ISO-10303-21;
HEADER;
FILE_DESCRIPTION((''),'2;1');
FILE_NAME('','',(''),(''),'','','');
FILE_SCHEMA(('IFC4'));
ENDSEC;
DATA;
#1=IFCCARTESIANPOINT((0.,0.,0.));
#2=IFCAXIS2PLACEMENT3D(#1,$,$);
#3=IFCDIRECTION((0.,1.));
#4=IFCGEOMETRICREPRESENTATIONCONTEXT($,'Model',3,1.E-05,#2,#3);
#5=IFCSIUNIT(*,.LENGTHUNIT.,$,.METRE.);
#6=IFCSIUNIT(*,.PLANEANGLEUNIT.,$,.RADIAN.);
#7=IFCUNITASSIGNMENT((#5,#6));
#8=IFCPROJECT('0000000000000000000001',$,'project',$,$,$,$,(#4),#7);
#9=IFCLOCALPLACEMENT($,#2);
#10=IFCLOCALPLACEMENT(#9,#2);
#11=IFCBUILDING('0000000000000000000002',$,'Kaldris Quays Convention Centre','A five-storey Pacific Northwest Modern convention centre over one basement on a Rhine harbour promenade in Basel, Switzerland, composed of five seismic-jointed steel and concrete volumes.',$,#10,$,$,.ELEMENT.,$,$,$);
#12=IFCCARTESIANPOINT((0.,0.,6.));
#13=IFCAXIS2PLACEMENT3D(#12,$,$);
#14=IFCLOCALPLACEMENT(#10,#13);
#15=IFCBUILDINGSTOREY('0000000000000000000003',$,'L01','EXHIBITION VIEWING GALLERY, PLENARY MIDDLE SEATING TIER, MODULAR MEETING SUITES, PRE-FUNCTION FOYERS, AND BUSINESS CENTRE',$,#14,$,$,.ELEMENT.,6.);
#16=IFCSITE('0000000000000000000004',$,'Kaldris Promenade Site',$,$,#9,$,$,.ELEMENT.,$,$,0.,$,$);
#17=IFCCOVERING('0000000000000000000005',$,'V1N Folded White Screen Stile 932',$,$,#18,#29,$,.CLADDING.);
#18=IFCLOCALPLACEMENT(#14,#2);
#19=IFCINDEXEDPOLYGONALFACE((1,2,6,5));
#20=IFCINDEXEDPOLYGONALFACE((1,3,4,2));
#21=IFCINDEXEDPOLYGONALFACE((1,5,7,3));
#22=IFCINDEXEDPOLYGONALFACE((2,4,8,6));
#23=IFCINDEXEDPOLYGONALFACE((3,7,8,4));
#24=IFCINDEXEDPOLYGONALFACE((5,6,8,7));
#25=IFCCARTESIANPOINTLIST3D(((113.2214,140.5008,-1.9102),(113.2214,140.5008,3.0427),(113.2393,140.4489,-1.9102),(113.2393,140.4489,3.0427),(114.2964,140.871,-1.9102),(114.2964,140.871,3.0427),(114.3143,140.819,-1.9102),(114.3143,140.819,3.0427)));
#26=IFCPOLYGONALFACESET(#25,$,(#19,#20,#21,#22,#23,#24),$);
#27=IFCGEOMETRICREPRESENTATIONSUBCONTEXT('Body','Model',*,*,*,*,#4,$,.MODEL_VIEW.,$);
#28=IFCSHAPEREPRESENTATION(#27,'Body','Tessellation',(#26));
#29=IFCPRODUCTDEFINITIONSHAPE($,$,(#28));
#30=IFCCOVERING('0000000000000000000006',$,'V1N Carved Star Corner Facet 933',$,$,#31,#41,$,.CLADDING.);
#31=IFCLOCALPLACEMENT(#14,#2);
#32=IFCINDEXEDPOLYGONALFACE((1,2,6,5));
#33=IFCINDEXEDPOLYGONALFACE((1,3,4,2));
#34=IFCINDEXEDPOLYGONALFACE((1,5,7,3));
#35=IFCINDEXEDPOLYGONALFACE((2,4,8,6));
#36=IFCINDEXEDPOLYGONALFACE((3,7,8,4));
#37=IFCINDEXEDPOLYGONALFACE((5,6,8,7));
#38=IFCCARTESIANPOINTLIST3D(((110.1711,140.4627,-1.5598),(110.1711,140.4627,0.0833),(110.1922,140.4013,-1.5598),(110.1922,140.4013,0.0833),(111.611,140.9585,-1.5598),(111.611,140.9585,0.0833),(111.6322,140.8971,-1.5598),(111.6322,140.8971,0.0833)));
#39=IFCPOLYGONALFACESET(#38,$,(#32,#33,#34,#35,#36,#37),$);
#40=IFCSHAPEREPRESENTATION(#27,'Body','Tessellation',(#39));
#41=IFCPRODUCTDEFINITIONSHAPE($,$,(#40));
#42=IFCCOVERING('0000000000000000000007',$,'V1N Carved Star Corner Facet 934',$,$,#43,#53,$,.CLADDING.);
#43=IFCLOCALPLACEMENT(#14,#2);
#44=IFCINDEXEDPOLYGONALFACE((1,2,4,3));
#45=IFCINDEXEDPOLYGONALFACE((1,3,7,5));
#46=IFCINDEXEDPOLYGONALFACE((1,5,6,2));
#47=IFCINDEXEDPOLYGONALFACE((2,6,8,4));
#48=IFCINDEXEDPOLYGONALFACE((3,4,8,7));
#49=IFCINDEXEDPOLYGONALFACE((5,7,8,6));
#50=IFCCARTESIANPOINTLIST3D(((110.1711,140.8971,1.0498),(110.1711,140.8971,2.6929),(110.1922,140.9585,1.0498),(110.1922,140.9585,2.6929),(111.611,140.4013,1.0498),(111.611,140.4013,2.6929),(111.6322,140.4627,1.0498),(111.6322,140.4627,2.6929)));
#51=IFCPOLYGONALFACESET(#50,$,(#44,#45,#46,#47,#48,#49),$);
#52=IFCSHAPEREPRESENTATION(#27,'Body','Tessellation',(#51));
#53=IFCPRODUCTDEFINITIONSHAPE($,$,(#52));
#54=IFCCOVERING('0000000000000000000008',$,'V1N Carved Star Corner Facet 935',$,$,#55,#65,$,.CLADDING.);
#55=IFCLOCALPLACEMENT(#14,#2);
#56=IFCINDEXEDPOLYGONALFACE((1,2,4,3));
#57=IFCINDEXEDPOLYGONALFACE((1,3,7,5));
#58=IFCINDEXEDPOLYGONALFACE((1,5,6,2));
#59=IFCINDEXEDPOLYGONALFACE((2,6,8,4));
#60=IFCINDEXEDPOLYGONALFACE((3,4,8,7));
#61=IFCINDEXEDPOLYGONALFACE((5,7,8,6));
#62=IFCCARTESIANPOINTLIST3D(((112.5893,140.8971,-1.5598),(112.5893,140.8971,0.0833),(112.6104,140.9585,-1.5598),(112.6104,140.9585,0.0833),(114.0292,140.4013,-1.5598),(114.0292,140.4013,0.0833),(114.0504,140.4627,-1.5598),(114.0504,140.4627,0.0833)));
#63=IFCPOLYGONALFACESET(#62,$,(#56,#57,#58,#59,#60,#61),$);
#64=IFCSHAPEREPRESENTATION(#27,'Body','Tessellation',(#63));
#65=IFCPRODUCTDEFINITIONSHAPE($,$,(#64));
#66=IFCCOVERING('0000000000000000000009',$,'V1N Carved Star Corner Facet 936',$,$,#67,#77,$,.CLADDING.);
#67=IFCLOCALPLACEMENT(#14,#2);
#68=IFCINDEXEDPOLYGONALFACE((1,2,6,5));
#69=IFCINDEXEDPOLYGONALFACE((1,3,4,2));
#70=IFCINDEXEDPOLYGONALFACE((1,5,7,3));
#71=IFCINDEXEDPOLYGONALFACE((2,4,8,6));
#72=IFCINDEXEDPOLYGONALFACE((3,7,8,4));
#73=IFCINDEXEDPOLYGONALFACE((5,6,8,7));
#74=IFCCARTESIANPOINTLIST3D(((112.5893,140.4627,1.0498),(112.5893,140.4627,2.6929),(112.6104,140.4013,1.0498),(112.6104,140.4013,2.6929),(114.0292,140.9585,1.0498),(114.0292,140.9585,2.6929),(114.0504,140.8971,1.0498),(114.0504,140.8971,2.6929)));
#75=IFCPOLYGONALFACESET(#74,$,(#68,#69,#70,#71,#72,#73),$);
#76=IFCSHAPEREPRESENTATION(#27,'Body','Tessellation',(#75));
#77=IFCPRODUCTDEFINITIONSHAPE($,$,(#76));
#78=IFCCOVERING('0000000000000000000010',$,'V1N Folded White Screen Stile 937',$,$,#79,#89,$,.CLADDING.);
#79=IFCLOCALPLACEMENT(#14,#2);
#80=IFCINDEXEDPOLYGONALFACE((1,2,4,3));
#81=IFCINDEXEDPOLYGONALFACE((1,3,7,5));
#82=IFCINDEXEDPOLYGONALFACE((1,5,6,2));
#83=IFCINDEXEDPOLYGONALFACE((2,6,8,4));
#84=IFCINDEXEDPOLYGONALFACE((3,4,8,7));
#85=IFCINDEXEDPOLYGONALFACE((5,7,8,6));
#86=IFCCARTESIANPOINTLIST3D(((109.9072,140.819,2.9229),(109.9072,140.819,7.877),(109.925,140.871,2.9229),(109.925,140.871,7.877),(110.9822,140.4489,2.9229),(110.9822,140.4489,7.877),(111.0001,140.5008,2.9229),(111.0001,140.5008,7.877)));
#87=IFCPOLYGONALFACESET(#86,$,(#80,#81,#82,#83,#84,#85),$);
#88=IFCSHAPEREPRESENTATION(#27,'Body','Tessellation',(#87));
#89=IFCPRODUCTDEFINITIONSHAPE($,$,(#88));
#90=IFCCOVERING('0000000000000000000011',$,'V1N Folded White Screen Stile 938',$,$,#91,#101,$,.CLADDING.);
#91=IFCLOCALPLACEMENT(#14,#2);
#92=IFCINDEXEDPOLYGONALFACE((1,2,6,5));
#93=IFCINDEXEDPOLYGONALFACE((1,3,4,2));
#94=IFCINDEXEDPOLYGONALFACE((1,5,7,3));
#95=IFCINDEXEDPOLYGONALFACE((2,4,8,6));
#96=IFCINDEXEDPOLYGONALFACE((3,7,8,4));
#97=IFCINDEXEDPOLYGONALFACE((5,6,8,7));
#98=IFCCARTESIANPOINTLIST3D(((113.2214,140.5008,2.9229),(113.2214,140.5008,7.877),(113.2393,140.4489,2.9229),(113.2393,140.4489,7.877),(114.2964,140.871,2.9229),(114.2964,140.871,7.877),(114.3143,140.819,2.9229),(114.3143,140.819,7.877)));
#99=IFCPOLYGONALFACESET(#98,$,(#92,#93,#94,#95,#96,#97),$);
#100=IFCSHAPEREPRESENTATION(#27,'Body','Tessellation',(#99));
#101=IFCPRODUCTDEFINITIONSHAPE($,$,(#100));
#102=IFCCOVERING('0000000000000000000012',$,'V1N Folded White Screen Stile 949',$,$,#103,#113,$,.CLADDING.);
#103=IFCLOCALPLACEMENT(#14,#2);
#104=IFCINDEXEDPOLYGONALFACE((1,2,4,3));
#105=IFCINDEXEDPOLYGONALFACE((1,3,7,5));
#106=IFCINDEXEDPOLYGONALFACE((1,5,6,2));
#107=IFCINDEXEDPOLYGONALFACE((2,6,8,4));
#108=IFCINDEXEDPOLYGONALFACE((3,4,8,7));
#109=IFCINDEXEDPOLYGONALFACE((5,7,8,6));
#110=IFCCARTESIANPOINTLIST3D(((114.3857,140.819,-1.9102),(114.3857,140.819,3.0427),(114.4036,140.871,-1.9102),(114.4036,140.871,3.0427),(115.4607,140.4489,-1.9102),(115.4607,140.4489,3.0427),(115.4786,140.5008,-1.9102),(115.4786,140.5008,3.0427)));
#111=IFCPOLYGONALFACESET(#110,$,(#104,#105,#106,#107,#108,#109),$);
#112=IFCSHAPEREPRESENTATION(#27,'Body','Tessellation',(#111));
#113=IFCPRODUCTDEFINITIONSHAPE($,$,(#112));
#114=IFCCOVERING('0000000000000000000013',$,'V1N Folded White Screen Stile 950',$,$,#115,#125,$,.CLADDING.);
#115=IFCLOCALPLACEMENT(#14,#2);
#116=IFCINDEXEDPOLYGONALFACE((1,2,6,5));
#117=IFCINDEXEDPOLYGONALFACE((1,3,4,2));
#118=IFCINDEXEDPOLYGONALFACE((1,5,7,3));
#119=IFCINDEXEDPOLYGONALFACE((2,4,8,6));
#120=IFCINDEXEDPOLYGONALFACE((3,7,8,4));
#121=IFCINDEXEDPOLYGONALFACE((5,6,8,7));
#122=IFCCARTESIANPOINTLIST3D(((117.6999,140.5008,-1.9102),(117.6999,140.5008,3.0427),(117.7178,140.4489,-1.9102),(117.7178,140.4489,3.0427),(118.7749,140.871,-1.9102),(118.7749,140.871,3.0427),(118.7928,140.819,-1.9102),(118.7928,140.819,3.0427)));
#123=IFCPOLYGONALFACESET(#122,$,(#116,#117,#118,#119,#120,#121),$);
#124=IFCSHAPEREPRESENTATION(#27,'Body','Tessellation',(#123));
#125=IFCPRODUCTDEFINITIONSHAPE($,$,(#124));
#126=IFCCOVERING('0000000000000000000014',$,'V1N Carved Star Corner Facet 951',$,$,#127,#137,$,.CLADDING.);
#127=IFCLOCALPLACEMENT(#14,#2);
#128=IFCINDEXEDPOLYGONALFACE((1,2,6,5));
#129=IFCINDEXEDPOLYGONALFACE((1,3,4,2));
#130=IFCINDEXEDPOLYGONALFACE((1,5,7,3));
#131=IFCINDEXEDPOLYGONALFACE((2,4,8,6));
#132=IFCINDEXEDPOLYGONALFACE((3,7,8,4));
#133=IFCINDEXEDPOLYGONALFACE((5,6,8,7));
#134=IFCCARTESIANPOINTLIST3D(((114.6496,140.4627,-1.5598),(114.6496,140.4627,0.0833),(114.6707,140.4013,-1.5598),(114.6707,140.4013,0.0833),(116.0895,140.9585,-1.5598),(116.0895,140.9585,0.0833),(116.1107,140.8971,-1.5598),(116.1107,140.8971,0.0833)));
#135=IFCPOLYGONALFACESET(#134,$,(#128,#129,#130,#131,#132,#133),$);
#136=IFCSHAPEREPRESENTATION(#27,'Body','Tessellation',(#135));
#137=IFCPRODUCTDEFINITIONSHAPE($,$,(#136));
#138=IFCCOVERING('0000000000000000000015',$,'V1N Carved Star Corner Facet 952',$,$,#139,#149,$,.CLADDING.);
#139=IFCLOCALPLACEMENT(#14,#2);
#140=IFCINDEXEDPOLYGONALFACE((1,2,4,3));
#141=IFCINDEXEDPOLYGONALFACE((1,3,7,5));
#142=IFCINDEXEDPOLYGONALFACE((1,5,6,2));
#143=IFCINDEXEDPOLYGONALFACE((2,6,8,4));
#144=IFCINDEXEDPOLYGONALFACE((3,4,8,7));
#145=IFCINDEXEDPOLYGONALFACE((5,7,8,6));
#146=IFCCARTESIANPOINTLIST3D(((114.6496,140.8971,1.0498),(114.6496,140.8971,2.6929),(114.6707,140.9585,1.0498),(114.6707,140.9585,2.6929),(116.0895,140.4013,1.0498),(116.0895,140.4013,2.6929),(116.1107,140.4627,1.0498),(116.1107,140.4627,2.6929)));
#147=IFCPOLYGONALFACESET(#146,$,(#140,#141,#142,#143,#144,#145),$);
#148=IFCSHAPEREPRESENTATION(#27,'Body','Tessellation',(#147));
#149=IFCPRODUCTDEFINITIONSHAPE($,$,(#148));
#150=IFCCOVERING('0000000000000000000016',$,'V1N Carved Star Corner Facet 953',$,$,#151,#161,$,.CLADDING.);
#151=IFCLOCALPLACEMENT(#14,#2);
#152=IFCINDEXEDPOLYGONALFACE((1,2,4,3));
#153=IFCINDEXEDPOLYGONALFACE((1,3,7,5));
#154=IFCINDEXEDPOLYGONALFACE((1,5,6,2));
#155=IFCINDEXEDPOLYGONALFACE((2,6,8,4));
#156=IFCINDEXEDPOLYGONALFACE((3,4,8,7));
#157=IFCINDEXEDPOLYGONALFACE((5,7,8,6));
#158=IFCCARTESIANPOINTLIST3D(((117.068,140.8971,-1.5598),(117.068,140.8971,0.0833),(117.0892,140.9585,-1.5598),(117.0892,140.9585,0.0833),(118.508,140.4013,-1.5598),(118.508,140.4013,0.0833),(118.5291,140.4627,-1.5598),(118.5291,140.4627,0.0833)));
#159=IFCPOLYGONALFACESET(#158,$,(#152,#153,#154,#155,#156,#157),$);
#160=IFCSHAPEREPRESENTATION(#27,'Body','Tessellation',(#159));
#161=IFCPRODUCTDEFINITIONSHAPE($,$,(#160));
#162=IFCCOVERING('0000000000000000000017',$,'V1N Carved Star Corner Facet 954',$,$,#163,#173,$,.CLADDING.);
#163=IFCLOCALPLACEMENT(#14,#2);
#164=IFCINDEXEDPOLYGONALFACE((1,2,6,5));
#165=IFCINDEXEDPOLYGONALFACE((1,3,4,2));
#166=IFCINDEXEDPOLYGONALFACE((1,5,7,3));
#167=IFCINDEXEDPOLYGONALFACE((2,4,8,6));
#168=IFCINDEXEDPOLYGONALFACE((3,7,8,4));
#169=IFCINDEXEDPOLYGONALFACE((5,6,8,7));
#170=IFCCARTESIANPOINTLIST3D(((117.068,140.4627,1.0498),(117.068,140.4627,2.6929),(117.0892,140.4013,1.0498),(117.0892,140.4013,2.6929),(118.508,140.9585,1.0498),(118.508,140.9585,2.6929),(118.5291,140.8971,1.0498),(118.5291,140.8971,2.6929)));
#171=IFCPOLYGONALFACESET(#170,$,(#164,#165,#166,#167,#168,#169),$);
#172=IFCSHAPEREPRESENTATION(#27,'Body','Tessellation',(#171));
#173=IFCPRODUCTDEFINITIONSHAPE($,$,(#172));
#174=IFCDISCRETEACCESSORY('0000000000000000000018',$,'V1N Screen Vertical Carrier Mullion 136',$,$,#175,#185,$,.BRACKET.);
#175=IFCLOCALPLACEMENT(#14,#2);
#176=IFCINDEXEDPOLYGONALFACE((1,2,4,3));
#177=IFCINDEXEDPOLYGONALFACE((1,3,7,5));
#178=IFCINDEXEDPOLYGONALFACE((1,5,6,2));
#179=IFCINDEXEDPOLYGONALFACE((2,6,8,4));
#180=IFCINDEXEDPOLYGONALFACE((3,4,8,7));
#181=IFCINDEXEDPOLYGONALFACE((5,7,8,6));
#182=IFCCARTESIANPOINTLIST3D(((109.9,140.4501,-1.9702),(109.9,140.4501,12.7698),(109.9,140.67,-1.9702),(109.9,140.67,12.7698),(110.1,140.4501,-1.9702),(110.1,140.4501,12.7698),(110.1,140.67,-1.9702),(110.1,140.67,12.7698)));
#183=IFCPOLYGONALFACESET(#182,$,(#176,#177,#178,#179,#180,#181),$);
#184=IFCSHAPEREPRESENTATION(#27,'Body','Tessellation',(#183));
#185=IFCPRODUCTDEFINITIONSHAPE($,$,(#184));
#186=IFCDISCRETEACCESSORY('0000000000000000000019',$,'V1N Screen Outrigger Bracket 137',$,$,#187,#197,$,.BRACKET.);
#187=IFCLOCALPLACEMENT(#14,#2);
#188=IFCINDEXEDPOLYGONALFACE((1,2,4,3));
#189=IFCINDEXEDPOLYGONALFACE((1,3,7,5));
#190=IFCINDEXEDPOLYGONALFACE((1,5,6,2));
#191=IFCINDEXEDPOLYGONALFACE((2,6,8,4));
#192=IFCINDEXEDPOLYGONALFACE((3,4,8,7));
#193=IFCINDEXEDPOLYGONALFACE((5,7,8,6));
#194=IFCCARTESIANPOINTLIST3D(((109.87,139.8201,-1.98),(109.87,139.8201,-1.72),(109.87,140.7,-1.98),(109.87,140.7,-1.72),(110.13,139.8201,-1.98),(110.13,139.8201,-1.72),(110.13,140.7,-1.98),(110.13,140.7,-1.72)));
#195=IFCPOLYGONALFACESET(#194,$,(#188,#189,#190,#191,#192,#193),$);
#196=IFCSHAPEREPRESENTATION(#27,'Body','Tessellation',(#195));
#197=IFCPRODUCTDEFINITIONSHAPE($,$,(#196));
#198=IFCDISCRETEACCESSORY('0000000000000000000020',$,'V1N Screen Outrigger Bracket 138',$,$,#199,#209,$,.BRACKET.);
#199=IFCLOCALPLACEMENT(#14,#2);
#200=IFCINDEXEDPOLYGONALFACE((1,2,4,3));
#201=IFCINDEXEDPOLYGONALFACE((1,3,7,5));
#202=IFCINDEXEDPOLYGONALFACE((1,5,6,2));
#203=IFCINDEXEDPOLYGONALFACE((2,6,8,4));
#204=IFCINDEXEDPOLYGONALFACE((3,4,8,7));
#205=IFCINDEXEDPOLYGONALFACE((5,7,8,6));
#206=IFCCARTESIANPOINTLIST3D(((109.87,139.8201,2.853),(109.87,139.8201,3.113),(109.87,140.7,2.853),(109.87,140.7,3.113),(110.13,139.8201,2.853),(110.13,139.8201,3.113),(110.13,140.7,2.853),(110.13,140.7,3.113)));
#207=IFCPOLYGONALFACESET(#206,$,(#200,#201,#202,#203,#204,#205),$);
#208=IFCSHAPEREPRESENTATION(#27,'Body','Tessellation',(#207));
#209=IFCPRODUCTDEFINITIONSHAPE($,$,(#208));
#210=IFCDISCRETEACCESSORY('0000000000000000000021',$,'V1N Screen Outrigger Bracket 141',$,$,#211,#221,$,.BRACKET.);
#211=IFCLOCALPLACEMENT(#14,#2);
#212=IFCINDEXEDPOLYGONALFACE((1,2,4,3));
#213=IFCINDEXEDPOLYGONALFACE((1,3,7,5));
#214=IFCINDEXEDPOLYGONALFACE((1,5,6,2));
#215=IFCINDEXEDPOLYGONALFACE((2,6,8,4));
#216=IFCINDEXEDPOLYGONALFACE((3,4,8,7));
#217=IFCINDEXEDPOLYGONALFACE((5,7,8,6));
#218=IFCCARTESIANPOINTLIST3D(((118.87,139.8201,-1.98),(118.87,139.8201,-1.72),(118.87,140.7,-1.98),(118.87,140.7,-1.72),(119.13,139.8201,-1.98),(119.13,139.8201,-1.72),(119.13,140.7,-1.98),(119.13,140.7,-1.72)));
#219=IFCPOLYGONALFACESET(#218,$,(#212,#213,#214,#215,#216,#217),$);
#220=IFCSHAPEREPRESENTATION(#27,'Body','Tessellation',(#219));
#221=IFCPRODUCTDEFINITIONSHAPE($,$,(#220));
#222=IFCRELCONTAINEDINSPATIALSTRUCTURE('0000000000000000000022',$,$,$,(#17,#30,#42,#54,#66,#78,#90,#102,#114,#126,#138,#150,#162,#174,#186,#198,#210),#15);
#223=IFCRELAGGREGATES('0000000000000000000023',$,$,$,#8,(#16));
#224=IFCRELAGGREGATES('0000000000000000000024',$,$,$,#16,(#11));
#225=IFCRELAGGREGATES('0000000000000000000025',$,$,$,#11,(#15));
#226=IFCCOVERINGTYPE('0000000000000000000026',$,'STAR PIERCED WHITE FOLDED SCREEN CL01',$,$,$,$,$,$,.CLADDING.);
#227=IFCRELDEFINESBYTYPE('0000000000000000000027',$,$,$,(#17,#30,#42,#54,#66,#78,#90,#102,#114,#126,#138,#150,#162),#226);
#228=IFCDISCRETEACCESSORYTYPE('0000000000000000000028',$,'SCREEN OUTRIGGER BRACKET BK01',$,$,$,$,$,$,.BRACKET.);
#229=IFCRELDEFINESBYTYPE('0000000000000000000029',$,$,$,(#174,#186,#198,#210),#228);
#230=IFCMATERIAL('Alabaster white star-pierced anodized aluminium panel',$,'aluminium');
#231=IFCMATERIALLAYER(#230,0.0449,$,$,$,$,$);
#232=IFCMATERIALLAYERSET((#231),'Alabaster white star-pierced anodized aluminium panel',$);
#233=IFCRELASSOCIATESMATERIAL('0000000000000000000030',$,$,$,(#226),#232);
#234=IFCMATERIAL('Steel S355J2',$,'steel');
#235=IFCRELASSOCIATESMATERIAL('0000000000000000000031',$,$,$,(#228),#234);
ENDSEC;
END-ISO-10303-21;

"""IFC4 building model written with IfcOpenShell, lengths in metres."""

from ifc_helpers import new_model, si_unit, direction, frame, origin, origin_2d, place, context, subcontext, project, spatial, rectangle, extrude, material, layer, layer_set, type_object, element, save


model = new_model("IFC4")

# Units and contexts
model_context = context("Model", 3, precision=1e-05, world=origin(), true_north=direction((0.0, 1.0)))
body_context = subcontext(model_context, "Body", "Model", "MODEL_VIEW")
ifc_project = project(units=[si_unit("LENGTHUNIT", "METRE"), si_unit("PLANEANGLEUNIT", "RADIAN")], contexts=[model_context])

# Site, building, storey
site_placement = place(None, origin())
site = spatial("IfcSite", under=ifc_project, at=site_placement, Name="Kaldris Promenade Site", CompositionType="ELEMENT", RefElevation=0.0)
building_placement = place(site_placement, origin())
building = spatial("IfcBuilding", under=site, at=building_placement, Name="Kaldris Quays Convention Centre", Description="A five-storey Pacific Northwest Modern convention centre over one basement on a Rhine harbour promenade in Basel, Switzerland, composed of five seismic-jointed steel and concrete volumes.", CompositionType="ELEMENT")
storey_placement = place(building_placement, frame((0.0, 0.0, 6.0)))
storey = spatial("IfcBuildingStorey", under=building, at=storey_placement, Name="L01", Description="EXHIBITION VIEWING GALLERY, PLENARY MIDDLE SEATING TIER, MODULAR MEETING SUITES, PRE-FUNCTION FOYERS, AND BUSINESS CENTRE", CompositionType="ELEMENT", Elevation=6.0)

# Shared definitions
ifc_material_1 = material(Name="Steel S355J2", Category="steel")

# Coverings
ifc_material_2 = material(Name="Alabaster white star-pierced anodized aluminium panel", Category="aluminium")
ifc_layer_1 = layer(ifc_material_2, 0.0449)
ifc_layer_set_1 = layer_set([ifc_layer_1], Name="Alabaster white star-pierced anodized aluminium panel")
covering_type = type_object("IfcCoveringType", Name="STAR PIERCED WHITE FOLDED SCREEN CL01", PredefinedType="CLADDING", material=ifc_layer_set_1)
for number, where, z_axis, x_axis, name in (
    (1, (113.7678, 140.6599, -1.9102), (0.0, 0.0, 1.0), (0.945519, 0.325568, 0.0), "V1N Folded White Screen Stile 932"),
):
    element("IfcCovering", number, at=place(storey_placement, frame(where, z_axis=z_axis, x_axis=x_axis)), inside=storey, type_object=covering_type, Name=name, PredefinedType="CLADDING", context=body_context, shape_type="SweptSolid", body=[
        extrude(rectangle(XDim=1.137, YDim=0.0549, at=origin_2d()), origin(), (0.0, 0.0, 1.0), 4.9529),
    ])
for number, where, z_axis, x_axis, name in (
    (2, (110.9016, 140.6799, -1.5598), (0.0, 0.0, 1.0), (0.945519, 0.325568, 0.0), "V1N Carved Star Corner Facet 933"),
    (3, (110.9016, 140.6799, 1.0498), (0.0, 0.0, 1.0), (0.945519, -0.325568, 0.0), "V1N Carved Star Corner Facet 934"),
    (4, (113.3198, 140.6799, -1.5598), (0.0, 0.0, 1.0), (0.945519, -0.325568, 0.0), "V1N Carved Star Corner Facet 935"),
    (5, (113.3198, 140.6799, 1.0498), (0.0, 0.0, 1.0), (0.945519, 0.325568, 0.0), "V1N Carved Star Corner Facet 936"),
):
    element("IfcCovering", number, at=place(storey_placement, frame(where, z_axis=z_axis, x_axis=x_axis)), inside=storey, type_object=covering_type, Name=name, PredefinedType="CLADDING", context=body_context, shape_type="SweptSolid", body=[
        extrude(rectangle(XDim=1.5229, YDim=0.0649, at=origin_2d()), origin(), (0.0, 0.0, 1.0), 1.6431),
    ])
for number, where, z_axis, x_axis, name in (
    (6, (110.4536, 140.6599, 2.9229), (0.0, 0.0, 1.0), (0.945519, -0.325568, 0.0), "V1N Folded White Screen Stile 937"),
    (7, (113.7678, 140.6599, 2.9229), (0.0, 0.0, 1.0), (0.945519, 0.325568, 0.0), "V1N Folded White Screen Stile 938"),
):
    element("IfcCovering", number, at=place(storey_placement, frame(where, z_axis=z_axis, x_axis=x_axis)), inside=storey, type_object=covering_type, Name=name, PredefinedType="CLADDING", context=body_context, shape_type="SweptSolid", body=[
        extrude(rectangle(XDim=1.137, YDim=0.0549, at=origin_2d()), origin(), (0.0, 0.0, 1.0), 4.9541),
    ])
for number, where, z_axis, x_axis, name in (
    (8, (114.9321, 140.6599, -1.9102), (0.0, 0.0, 1.0), (0.945519, -0.325568, 0.0), "V1N Folded White Screen Stile 949"),
    (9, (118.2463, 140.6599, -1.9102), (0.0, 0.0, 1.0), (0.945519, 0.325568, 0.0), "V1N Folded White Screen Stile 950"),
):
    element("IfcCovering", number, at=place(storey_placement, frame(where, z_axis=z_axis, x_axis=x_axis)), inside=storey, type_object=covering_type, Name=name, PredefinedType="CLADDING", context=body_context, shape_type="SweptSolid", body=[
        extrude(rectangle(XDim=1.137, YDim=0.0549, at=origin_2d()), origin(), (0.0, 0.0, 1.0), 4.9529),
    ])
for number, where, z_axis, x_axis, name in (
    (10, (115.3801, 140.6799, -1.5598), (0.0, 0.0, 1.0), (0.945519, 0.325568, 0.0), "V1N Carved Star Corner Facet 951"),
    (11, (115.3801, 140.6799, 1.0498), (0.0, 0.0, 1.0), (0.945519, -0.325568, 0.0), "V1N Carved Star Corner Facet 952"),
    (12, (117.7986, 140.6799, -1.5598), (0.0, 0.0, 1.0), (0.945519, -0.325568, 0.0), "V1N Carved Star Corner Facet 953"),
    (13, (117.7986, 140.6799, 1.0498), (0.0, 0.0, 1.0), (0.945519, 0.325568, 0.0), "V1N Carved Star Corner Facet 954"),
):
    element("IfcCovering", number, at=place(storey_placement, frame(where, z_axis=z_axis, x_axis=x_axis)), inside=storey, type_object=covering_type, Name=name, PredefinedType="CLADDING", context=body_context, shape_type="SweptSolid", body=[
        extrude(rectangle(XDim=1.5229, YDim=0.0649, at=origin_2d()), origin(), (0.0, 0.0, 1.0), 1.6431),
    ])

# Discrete accessories
discrete_accessory_type = type_object("IfcDiscreteAccessoryType", Name="SCREEN OUTRIGGER BRACKET BK01", PredefinedType="BRACKET", material=ifc_material_1)
discrete_accessory_placement = place(storey_placement, frame((110.0, 140.5601, -1.9702), z_axis=(0.0, 0.0, 1.0), x_axis=(1.0, 0.0, 0.0)))
element("IfcDiscreteAccessory", 14, at=discrete_accessory_placement, inside=storey, type_object=discrete_accessory_type, Name="V1N Screen Vertical Carrier Mullion 136", PredefinedType="BRACKET", context=body_context, shape_type="SweptSolid", body=[
    extrude(rectangle(XDim=0.2, YDim=0.22, at=origin_2d()), origin(), (0.0, 0.0, 1.0), 14.74),
])
for number, where, z_axis, x_axis, name in (
    (15, (110.0, 140.26, -1.98), (0.0, 0.0, 1.0), (1.0, 0.0, 0.0), "V1N Screen Outrigger Bracket 137"),
    (16, (110.0, 140.26, 2.853), (0.0, 0.0, 1.0), (1.0, 0.0, 0.0), "V1N Screen Outrigger Bracket 138"),
    (17, (119.0, 140.26, -1.98), (0.0, 0.0, 1.0), (1.0, 0.0, 0.0), "V1N Screen Outrigger Bracket 141"),
):
    element("IfcDiscreteAccessory", number, at=place(storey_placement, frame(where, z_axis=z_axis, x_axis=x_axis)), inside=storey, type_object=discrete_accessory_type, Name=name, PredefinedType="BRACKET", context=body_context, shape_type="SweptSolid", body=[
        extrude(rectangle(XDim=0.26, YDim=0.8799, at=origin_2d()), origin(), (0.0, 0.0, 1.0), 0.26),
    ])

save(model, "model.ifc")
